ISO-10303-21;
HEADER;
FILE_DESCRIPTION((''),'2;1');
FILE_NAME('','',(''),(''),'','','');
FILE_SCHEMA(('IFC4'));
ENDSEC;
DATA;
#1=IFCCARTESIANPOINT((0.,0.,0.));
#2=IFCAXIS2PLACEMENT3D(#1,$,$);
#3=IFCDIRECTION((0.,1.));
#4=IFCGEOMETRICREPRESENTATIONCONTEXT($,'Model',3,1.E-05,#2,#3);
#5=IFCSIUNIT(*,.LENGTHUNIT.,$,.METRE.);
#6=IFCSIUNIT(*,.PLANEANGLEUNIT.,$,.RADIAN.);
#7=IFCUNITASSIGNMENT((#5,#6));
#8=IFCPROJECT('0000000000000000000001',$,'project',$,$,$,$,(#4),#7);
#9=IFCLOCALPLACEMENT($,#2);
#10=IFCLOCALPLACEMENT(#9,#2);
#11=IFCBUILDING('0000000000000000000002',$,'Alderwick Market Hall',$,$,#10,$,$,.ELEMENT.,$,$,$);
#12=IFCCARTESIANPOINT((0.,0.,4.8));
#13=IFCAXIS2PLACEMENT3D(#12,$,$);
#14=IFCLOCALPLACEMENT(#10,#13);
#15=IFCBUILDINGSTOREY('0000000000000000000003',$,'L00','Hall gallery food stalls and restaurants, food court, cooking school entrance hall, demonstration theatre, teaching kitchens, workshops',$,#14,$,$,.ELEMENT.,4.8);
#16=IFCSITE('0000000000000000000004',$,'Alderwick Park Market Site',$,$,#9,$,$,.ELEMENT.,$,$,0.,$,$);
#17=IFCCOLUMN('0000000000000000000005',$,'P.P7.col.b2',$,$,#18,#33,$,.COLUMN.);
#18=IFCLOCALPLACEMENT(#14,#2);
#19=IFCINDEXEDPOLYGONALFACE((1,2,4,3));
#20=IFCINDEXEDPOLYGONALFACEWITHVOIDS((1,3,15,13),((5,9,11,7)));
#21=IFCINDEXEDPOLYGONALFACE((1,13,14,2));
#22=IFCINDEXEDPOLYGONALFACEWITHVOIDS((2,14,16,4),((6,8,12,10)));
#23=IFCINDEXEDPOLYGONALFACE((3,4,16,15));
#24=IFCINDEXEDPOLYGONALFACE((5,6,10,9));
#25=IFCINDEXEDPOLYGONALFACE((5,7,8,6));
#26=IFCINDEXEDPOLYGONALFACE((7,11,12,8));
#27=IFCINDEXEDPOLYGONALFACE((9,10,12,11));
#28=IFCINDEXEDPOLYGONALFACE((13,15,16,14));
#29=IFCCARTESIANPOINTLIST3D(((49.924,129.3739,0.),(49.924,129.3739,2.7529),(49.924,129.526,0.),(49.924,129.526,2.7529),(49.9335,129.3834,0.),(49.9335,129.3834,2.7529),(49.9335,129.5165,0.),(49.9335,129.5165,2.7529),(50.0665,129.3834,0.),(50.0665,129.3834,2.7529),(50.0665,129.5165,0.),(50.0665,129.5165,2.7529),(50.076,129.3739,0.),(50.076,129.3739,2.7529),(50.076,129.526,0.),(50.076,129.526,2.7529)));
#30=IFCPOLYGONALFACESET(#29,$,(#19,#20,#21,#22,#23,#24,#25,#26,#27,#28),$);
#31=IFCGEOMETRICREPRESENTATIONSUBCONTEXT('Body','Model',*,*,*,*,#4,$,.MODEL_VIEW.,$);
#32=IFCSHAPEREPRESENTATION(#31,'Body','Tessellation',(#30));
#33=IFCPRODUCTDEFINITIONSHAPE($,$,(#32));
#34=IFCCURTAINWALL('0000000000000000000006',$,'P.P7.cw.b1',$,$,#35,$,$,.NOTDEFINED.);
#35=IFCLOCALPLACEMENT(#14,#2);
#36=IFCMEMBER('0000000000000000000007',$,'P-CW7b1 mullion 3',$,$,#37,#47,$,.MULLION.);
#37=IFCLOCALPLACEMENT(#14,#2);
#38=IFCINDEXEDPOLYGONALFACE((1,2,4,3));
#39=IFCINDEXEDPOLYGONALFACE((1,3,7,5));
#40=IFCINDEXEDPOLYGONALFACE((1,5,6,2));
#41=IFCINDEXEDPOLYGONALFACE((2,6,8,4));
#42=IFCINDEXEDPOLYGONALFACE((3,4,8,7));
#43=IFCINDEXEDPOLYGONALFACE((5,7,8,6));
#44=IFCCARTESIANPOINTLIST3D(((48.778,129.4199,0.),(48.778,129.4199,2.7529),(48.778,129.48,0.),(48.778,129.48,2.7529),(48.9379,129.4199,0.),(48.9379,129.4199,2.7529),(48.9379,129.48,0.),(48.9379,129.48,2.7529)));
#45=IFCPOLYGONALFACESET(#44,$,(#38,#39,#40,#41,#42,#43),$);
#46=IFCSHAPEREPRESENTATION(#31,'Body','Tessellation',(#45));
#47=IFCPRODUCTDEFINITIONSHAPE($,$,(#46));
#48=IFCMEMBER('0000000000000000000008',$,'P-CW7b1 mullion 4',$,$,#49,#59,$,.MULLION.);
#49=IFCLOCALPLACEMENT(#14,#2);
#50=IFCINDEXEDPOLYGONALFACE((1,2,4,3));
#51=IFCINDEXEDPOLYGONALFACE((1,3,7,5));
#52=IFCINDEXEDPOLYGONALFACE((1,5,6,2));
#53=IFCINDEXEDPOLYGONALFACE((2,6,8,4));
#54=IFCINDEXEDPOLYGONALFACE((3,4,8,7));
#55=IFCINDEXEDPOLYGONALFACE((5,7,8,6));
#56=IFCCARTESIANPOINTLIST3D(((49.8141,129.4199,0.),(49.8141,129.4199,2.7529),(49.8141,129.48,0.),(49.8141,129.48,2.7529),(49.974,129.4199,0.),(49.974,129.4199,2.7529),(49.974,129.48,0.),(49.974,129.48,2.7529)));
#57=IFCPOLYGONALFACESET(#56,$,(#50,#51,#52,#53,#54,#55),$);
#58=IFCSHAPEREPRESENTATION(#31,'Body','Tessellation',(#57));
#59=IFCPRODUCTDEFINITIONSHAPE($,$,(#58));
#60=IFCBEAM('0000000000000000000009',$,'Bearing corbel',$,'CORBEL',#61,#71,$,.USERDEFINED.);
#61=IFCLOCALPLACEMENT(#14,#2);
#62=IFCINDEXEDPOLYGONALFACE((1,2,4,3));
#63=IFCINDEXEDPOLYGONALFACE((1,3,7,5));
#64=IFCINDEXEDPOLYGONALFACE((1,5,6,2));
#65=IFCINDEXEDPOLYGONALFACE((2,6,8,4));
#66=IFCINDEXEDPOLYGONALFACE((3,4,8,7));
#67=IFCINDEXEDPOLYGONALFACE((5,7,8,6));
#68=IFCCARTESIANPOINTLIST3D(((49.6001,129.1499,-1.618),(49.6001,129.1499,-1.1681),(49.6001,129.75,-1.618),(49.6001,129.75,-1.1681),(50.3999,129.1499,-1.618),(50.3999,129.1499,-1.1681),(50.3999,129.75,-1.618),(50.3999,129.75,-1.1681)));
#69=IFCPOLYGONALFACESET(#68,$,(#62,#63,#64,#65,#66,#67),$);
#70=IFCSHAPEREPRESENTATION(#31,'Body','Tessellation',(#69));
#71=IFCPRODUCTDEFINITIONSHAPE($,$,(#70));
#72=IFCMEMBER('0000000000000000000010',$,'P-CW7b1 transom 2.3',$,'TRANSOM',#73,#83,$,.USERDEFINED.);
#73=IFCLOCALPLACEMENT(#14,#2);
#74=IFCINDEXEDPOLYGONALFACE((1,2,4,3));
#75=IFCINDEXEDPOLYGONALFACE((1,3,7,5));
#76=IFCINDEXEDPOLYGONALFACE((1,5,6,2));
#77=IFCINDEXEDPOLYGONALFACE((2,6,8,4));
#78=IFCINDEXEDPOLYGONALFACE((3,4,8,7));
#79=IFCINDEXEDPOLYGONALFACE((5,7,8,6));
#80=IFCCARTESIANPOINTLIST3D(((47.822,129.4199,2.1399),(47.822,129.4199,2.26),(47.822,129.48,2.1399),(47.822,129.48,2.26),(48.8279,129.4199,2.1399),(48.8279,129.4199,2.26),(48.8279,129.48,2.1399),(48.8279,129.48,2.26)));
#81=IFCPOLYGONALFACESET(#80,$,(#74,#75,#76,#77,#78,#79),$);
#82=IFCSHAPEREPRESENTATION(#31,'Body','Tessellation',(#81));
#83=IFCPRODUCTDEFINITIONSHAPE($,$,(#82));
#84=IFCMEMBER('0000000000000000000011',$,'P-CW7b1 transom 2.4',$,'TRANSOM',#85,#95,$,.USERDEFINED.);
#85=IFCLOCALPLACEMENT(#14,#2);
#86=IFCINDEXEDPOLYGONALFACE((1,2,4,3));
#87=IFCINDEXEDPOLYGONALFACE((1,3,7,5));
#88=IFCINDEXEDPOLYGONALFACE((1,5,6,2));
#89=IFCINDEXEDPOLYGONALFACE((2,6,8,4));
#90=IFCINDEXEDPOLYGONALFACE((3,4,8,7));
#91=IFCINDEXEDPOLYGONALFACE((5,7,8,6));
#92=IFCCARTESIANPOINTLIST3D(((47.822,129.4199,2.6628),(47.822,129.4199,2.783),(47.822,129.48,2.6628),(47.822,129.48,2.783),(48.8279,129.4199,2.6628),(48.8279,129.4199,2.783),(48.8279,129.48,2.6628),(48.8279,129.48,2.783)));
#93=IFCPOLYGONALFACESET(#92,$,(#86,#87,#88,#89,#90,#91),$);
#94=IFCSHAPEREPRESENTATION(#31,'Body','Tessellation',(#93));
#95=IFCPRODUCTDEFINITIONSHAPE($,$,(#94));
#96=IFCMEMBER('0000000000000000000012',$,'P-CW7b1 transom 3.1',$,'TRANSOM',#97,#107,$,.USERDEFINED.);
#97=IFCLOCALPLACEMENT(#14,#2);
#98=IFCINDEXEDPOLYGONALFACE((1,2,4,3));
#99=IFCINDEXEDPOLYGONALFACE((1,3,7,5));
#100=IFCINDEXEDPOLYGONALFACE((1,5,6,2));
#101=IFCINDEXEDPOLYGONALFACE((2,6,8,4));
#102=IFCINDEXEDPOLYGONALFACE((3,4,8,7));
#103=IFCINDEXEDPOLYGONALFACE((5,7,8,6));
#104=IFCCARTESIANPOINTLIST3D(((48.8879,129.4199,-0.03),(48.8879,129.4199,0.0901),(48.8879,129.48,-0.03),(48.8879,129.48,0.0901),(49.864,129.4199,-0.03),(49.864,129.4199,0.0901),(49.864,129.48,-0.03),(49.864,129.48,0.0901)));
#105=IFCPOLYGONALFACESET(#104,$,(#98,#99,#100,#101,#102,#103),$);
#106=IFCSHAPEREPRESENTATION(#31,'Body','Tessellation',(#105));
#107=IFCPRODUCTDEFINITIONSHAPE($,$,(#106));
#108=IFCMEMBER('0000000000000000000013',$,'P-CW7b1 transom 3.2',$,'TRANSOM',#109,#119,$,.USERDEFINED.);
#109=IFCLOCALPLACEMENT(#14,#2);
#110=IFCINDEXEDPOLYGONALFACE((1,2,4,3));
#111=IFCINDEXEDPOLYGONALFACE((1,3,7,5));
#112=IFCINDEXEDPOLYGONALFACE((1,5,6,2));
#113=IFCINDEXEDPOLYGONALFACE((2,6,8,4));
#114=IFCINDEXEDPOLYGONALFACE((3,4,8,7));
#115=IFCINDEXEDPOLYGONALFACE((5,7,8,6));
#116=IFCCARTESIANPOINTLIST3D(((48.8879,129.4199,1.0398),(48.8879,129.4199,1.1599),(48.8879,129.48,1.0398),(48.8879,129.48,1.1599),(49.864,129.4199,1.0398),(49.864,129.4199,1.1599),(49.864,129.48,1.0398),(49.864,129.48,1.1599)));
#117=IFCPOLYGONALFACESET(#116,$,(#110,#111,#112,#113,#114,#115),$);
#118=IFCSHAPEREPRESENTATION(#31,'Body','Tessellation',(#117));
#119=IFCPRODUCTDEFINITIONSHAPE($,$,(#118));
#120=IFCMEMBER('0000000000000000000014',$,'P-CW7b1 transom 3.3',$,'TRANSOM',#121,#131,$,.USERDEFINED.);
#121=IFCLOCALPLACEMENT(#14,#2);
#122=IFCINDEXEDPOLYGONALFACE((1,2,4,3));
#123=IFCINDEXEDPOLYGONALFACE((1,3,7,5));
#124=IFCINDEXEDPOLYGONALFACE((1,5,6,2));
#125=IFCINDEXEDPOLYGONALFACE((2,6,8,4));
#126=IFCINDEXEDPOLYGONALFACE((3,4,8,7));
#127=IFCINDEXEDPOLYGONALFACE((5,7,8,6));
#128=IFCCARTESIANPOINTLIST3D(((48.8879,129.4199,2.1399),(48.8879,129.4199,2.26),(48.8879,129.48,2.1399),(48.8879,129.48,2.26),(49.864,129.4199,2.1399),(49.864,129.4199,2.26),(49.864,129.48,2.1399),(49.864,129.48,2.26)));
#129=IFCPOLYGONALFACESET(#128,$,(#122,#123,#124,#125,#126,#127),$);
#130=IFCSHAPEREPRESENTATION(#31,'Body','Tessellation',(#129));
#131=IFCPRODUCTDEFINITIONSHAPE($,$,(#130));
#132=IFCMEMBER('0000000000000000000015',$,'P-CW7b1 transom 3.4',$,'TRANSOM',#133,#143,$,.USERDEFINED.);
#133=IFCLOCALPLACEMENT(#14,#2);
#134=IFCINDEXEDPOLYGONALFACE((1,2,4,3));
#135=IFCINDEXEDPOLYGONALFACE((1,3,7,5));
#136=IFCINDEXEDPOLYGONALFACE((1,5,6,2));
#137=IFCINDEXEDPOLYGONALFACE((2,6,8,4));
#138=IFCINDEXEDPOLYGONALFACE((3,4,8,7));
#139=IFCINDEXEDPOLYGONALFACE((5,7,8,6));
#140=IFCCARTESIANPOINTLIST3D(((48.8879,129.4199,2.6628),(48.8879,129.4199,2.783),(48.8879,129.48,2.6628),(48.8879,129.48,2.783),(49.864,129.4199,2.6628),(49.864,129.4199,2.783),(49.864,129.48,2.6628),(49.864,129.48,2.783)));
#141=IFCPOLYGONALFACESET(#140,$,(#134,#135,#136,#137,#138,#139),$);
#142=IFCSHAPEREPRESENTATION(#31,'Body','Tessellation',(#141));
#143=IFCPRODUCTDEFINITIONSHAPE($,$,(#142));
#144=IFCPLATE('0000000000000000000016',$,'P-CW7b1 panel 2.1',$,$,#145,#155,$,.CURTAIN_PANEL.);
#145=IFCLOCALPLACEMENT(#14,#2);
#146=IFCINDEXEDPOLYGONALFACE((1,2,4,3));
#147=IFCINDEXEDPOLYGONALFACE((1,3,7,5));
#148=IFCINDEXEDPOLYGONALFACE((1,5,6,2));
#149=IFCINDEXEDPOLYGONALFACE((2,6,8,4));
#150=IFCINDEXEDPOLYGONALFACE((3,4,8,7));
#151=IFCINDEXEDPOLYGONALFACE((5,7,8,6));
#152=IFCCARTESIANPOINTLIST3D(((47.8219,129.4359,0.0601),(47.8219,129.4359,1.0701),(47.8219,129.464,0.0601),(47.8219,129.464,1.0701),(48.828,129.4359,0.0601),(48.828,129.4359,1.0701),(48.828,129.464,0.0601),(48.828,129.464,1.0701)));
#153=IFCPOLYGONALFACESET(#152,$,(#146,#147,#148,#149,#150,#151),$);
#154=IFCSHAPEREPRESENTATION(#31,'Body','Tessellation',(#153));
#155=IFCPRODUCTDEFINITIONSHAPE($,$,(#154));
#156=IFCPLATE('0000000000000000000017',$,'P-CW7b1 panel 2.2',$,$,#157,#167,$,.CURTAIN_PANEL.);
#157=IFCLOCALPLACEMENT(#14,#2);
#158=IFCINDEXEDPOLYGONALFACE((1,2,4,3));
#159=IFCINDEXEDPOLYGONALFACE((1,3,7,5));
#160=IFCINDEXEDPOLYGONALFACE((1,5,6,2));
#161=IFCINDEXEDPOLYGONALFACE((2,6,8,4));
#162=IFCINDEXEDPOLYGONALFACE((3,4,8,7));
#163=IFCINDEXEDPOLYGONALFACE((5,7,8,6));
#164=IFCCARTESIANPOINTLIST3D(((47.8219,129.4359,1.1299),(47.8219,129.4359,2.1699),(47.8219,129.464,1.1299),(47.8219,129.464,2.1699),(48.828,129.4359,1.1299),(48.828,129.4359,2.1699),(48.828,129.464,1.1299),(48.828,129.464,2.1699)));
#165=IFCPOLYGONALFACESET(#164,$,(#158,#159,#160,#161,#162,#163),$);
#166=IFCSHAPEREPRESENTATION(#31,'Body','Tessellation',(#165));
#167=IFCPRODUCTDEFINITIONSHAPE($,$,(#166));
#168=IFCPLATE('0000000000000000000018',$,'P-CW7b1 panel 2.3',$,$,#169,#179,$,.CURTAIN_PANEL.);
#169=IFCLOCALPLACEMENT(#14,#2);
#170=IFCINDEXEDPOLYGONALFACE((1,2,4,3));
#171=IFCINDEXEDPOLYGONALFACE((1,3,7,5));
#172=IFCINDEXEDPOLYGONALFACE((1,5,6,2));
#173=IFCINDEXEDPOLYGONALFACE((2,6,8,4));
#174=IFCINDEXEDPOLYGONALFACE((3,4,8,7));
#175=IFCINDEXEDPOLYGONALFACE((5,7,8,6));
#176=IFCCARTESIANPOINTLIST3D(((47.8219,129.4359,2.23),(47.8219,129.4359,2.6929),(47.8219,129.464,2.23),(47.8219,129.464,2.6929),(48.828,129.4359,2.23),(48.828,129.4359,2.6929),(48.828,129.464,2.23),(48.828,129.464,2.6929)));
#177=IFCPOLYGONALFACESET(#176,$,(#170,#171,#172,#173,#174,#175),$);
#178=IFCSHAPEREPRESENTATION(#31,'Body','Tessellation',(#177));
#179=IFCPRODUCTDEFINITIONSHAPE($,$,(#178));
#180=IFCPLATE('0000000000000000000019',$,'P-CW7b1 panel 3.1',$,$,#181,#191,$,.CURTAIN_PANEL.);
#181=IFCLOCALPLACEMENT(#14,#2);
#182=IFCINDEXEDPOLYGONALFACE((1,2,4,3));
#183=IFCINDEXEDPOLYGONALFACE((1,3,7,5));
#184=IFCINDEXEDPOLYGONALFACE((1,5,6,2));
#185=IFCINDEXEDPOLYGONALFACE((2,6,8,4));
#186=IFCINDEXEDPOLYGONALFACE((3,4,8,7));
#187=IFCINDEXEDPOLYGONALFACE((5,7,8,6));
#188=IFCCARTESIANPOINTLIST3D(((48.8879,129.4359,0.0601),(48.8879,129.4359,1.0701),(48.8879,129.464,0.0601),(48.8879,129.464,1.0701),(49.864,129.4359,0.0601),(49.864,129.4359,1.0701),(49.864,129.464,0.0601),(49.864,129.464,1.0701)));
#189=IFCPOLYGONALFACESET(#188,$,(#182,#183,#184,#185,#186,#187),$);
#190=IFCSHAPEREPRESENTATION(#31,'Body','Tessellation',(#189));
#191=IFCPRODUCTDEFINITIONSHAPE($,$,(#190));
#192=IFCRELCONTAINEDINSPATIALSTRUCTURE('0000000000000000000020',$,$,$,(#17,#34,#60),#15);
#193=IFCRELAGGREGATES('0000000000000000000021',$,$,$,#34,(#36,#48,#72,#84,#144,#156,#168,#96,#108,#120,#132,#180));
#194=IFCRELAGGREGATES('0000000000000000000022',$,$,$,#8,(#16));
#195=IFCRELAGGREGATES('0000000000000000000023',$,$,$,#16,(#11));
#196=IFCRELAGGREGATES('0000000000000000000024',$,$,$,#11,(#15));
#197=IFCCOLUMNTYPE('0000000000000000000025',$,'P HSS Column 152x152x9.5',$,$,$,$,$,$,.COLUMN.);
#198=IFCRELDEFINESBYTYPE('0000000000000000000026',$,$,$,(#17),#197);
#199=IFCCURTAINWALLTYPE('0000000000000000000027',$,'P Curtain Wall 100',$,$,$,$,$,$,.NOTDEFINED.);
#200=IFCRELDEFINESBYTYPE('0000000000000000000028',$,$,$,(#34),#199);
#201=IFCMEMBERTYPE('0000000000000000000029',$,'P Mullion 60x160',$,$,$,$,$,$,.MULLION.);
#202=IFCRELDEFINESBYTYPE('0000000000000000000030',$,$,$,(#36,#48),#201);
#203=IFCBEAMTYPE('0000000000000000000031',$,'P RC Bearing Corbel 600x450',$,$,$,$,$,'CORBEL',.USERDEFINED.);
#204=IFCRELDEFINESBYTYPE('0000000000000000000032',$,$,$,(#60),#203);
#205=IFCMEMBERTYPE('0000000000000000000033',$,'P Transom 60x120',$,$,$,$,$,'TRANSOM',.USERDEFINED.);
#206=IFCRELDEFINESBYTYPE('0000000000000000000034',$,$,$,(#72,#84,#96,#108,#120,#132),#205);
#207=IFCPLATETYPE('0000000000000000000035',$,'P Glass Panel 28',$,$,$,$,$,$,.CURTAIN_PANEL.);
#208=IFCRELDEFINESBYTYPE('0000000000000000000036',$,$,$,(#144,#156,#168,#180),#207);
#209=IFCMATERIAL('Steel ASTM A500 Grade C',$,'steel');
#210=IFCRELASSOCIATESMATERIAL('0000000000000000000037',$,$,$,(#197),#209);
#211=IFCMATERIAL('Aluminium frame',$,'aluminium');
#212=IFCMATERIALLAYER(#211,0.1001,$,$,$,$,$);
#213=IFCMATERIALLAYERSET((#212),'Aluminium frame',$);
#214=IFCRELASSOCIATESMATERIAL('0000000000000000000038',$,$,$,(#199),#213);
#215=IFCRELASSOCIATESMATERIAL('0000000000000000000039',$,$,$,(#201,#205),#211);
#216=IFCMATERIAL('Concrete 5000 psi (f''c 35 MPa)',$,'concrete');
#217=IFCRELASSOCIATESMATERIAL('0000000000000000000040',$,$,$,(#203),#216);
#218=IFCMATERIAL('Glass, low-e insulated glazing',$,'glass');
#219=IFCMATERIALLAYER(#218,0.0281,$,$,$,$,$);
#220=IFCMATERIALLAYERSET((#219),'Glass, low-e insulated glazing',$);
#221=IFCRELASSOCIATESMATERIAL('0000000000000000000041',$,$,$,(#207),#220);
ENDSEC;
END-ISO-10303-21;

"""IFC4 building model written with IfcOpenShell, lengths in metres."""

from ifc_helpers import new_model, si_unit, direction, frame, origin, origin_2d, place, context, subcontext, project, spatial, rectangle, hollow_rectangle, extrude, material, layer, layer_set, material_profile, profile_set, type_object, element, aggregate, save


model = new_model("IFC4")

# Units and contexts
model_context = context("Model", 3, precision=1e-05, world=origin(), true_north=direction((0.0, 1.0)))
body_context = subcontext(model_context, "Body", "Model", "MODEL_VIEW")
ifc_project = project(units=[si_unit("LENGTHUNIT", "METRE"), si_unit("PLANEANGLEUNIT", "RADIAN")], contexts=[model_context])

# Site, building, storey
site_placement = place(None, origin())
site = spatial("IfcSite", under=ifc_project, at=site_placement, Name="Alderwick Park Market Site", CompositionType="ELEMENT", RefElevation=0.0)
building_placement = place(site_placement, origin())
building = spatial("IfcBuilding", under=site, at=building_placement, Name="Alderwick Market Hall", CompositionType="ELEMENT")
storey_placement = place(building_placement, frame((0.0, 0.0, 4.8)))
storey = spatial("IfcBuildingStorey", under=building, at=storey_placement, Name="L00", Description="Hall gallery food stalls and restaurants, food court, cooking school entrance hall, demonstration theatre, teaching kitchens, workshops", CompositionType="ELEMENT", Elevation=4.8)

# Column
ifc_material_1 = material(Name="Steel ASTM A500 Grade C", Category="steel")
ifc_material_profile_1 = material_profile(ifc_material_1, hollow_rectangle(XDim=0.1521, YDim=0.1521, WallThickness=0.0095, at=origin_2d()), Name="HSS152x152x9.5")
ifc_profile_set_1 = profile_set([ifc_material_profile_1], Name="Steel ASTM A500 Grade C")
column_type = type_object("IfcColumnType", Name="P HSS Column 152x152x9.5", PredefinedType="COLUMN", material=ifc_profile_set_1)
column_placement = place(storey_placement, frame((50.0, 129.45, 0.0), z_axis=(0.0, 0.0, 1.0), x_axis=(1.0, 0.0, 0.0)))
element("IfcColumn", 1, at=column_placement, inside=storey, type_object=column_type, Name="P.P7.col.b2", PredefinedType="COLUMN", context=body_context, shape_type="SweptSolid", body=[
    extrude(hollow_rectangle(XDim=0.1521, YDim=0.1521, WallThickness=0.0095, at=origin_2d()), origin(), (0.0, 0.0, 1.0), 2.7529),
])

# Curtain wall, members
ifc_material_2 = material(Name="Aluminium frame", Category="aluminium")
ifc_layer_1 = layer(ifc_material_2, 0.1001)
ifc_layer_set_1 = layer_set([ifc_layer_1], Name="Aluminium frame")
curtain_wall_type = type_object("IfcCurtainWallType", Name="P Curtain Wall 100", PredefinedType="NOTDEFINED", material=ifc_layer_set_1)
curtain_wall_placement = place(storey_placement, origin())
curtain_wall = element("IfcCurtainWall", 2, at=curtain_wall_placement, inside=storey, type_object=curtain_wall_type, Name="P.P7.cw.b1", PredefinedType="NOTDEFINED")
ifc_material_profile_2 = material_profile(ifc_material_2, rectangle(XDim=0.0601, YDim=0.1599, at=origin_2d()), Name="P Mullion 60x160")
ifc_profile_set_2 = profile_set([ifc_material_profile_2], Name="Aluminium frame")
member_type_1 = type_object("IfcMemberType", Name="P Mullion 60x160", PredefinedType="MULLION", material=ifc_profile_set_2)
member_1_placement = place(storey_placement, frame((48.8579, 129.45, 0.0), z_axis=(0.0, 0.0, 1.0), x_axis=(0.0, 1.0, 0.0)))
member_1 = element("IfcMember", 3, at=member_1_placement, type_object=member_type_1, Name="P-CW7b1 mullion 3", PredefinedType="MULLION", context=body_context, shape_type="SweptSolid", body=[
    extrude(rectangle(XDim=0.0601, YDim=0.1599, at=origin_2d()), origin(), (0.0, 0.0, 1.0), 2.7529),
])
member_2_placement = place(storey_placement, frame((49.894, 129.45, 0.0), z_axis=(0.0, 0.0, 1.0), x_axis=(0.0, 1.0, 0.0)))
member_2 = element("IfcMember", 4, at=member_2_placement, type_object=member_type_1, Name="P-CW7b1 mullion 4", PredefinedType="MULLION", context=body_context, shape_type="SweptSolid", body=[
    extrude(rectangle(XDim=0.0601, YDim=0.1599, at=origin_2d()), origin(), (0.0, 0.0, 1.0), 2.7529),
])

# Beam
ifc_material_3 = material(Name="Concrete 5000 psi (f'c 35 MPa)", Category="concrete")
ifc_material_profile_3 = material_profile(ifc_material_3, rectangle(XDim=0.6001, YDim=0.45, at=origin_2d()), Name="P RC Bearing Corbel 600x450")
ifc_profile_set_3 = profile_set([ifc_material_profile_3], Name="Concrete 5000 psi (f'c 35 MPa)")
beam_type = type_object("IfcBeamType", Name="P RC Bearing Corbel 600x450", ElementType="CORBEL", PredefinedType="USERDEFINED", material=ifc_profile_set_3)
beam_placement = place(storey_placement, frame((49.6001, 129.45, -1.3931), z_axis=(1.0, 0.0, 0.0), x_axis=(0.0, 1.0, 0.0)))
element("IfcBeam", 5, at=beam_placement, inside=storey, type_object=beam_type, Name="Bearing corbel", ObjectType="CORBEL", PredefinedType="USERDEFINED", context=body_context, shape_type="SweptSolid", body=[
    extrude(rectangle(XDim=0.6001, YDim=0.45, at=origin_2d()), origin(), (0.0, 0.0, 1.0), 0.7998),
])

# Members
ifc_material_profile_4 = material_profile(ifc_material_2, rectangle(XDim=0.0601, YDim=0.1201, at=origin_2d()), Name="P Transom 60x120")
ifc_profile_set_4 = profile_set([ifc_material_profile_4], Name="Aluminium frame")
member_type_2 = type_object("IfcMemberType", Name="P Transom 60x120", ElementType="TRANSOM", PredefinedType="USERDEFINED", material=ifc_profile_set_4)
member_3_placement = place(storey_placement, frame((47.822, 129.45, 2.2), z_axis=(1.0, 0.0, 0.0), x_axis=(0.0, 1.0, 0.0)))
member_3 = element("IfcMember", 6, at=member_3_placement, type_object=member_type_2, Name="P-CW7b1 transom 2.3", ObjectType="TRANSOM", PredefinedType="USERDEFINED", context=body_context, shape_type="SweptSolid", body=[
    extrude(rectangle(XDim=0.0601, YDim=0.1201, at=origin_2d()), origin(), (0.0, 0.0, 1.0), 1.0059),
])
member_4_placement = place(storey_placement, frame((47.822, 129.45, 2.7229), z_axis=(1.0, 0.0, 0.0), x_axis=(0.0, 1.0, 0.0)))
member_4 = element("IfcMember", 7, at=member_4_placement, type_object=member_type_2, Name="P-CW7b1 transom 2.4", ObjectType="TRANSOM", PredefinedType="USERDEFINED", context=body_context, shape_type="SweptSolid", body=[
    extrude(rectangle(XDim=0.0601, YDim=0.1201, at=origin_2d()), origin(), (0.0, 0.0, 1.0), 1.0059),
])
member_5_placement = place(storey_placement, frame((48.8879, 129.45, 0.03), z_axis=(1.0, 0.0, 0.0), x_axis=(0.0, 1.0, 0.0)))
member_5 = element("IfcMember", 8, at=member_5_placement, type_object=member_type_2, Name="P-CW7b1 transom 3.1", ObjectType="TRANSOM", PredefinedType="USERDEFINED", context=body_context, shape_type="SweptSolid", body=[
    extrude(rectangle(XDim=0.0601, YDim=0.1201, at=origin_2d()), origin(), (0.0, 0.0, 1.0), 0.9761),
])
member_6_placement = place(storey_placement, frame((48.8879, 129.45, 1.0999), z_axis=(1.0, 0.0, 0.0), x_axis=(0.0, 1.0, 0.0)))
member_6 = element("IfcMember", 9, at=member_6_placement, type_object=member_type_2, Name="P-CW7b1 transom 3.2", ObjectType="TRANSOM", PredefinedType="USERDEFINED", context=body_context, shape_type="SweptSolid", body=[
    extrude(rectangle(XDim=0.0601, YDim=0.1201, at=origin_2d()), origin(), (0.0, 0.0, 1.0), 0.9761),
])
member_7_placement = place(storey_placement, frame((48.8879, 129.45, 2.2), z_axis=(1.0, 0.0, 0.0), x_axis=(0.0, 1.0, 0.0)))
member_7 = element("IfcMember", 10, at=member_7_placement, type_object=member_type_2, Name="P-CW7b1 transom 3.3", ObjectType="TRANSOM", PredefinedType="USERDEFINED", context=body_context, shape_type="SweptSolid", body=[
    extrude(rectangle(XDim=0.0601, YDim=0.1201, at=origin_2d()), origin(), (0.0, 0.0, 1.0), 0.9761),
])
member_8_placement = place(storey_placement, frame((48.8879, 129.45, 2.7229), z_axis=(1.0, 0.0, 0.0), x_axis=(0.0, 1.0, 0.0)))
member_8 = element("IfcMember", 11, at=member_8_placement, type_object=member_type_2, Name="P-CW7b1 transom 3.4", ObjectType="TRANSOM", PredefinedType="USERDEFINED", context=body_context, shape_type="SweptSolid", body=[
    extrude(rectangle(XDim=0.0601, YDim=0.1201, at=origin_2d()), origin(), (0.0, 0.0, 1.0), 0.9761),
])

# Plates
ifc_material_4 = material(Name="Glass, low-e insulated glazing", Category="glass")
ifc_layer_2 = layer(ifc_material_4, 0.0281)
ifc_layer_set_2 = layer_set([ifc_layer_2], Name="Glass, low-e insulated glazing")
plate_type = type_object("IfcPlateType", Name="P Glass Panel 28", PredefinedType="CURTAIN_PANEL", material=ifc_layer_set_2)
plate_1_placement = place(storey_placement, frame((48.325, 129.45, 0.0601), z_axis=(0.0, 0.0, 1.0), x_axis=(1.0, 0.0, 0.0)))
plate_1 = element("IfcPlate", 12, at=plate_1_placement, type_object=plate_type, Name="P-CW7b1 panel 2.1", PredefinedType="CURTAIN_PANEL", context=body_context, shape_type="SweptSolid", body=[
    extrude(rectangle(XDim=1.0061, YDim=0.0281, at=origin_2d()), origin(), (0.0, 0.0, 1.0), 1.01),
])
plate_2_placement = place(storey_placement, frame((48.325, 129.45, 1.1299), z_axis=(0.0, 0.0, 1.0), x_axis=(1.0, 0.0, 0.0)))
plate_2 = element("IfcPlate", 13, at=plate_2_placement, type_object=plate_type, Name="P-CW7b1 panel 2.2", PredefinedType="CURTAIN_PANEL", context=body_context, shape_type="SweptSolid", body=[
    extrude(rectangle(XDim=1.0061, YDim=0.0281, at=origin_2d()), origin(), (0.0, 0.0, 1.0), 1.04),
])
plate_3_placement = place(storey_placement, frame((48.325, 129.45, 2.23), z_axis=(0.0, 0.0, 1.0), x_axis=(1.0, 0.0, 0.0)))
plate_3 = element("IfcPlate", 14, at=plate_3_placement, type_object=plate_type, Name="P-CW7b1 panel 2.3", PredefinedType="CURTAIN_PANEL", context=body_context, shape_type="SweptSolid", body=[
    extrude(rectangle(XDim=1.0061, YDim=0.0281, at=origin_2d()), origin(), (0.0, 0.0, 1.0), 0.4629),
])
plate_4_placement = place(storey_placement, frame((49.376, 129.45, 0.0601), z_axis=(0.0, 0.0, 1.0), x_axis=(1.0, 0.0, 0.0)))
plate_4 = element("IfcPlate", 15, at=plate_4_placement, type_object=plate_type, Name="P-CW7b1 panel 3.1", PredefinedType="CURTAIN_PANEL", context=body_context, shape_type="SweptSolid", body=[
    extrude(rectangle(XDim=0.9761, YDim=0.0281, at=origin_2d()), origin(), (0.0, 0.0, 1.0), 1.01),
])
aggregate(curtain_wall, [member_1, member_2, member_3, member_4, plate_1, plate_2, plate_3, member_5, member_6, member_7, member_8, plate_4])

save(model, "model.ifc")
